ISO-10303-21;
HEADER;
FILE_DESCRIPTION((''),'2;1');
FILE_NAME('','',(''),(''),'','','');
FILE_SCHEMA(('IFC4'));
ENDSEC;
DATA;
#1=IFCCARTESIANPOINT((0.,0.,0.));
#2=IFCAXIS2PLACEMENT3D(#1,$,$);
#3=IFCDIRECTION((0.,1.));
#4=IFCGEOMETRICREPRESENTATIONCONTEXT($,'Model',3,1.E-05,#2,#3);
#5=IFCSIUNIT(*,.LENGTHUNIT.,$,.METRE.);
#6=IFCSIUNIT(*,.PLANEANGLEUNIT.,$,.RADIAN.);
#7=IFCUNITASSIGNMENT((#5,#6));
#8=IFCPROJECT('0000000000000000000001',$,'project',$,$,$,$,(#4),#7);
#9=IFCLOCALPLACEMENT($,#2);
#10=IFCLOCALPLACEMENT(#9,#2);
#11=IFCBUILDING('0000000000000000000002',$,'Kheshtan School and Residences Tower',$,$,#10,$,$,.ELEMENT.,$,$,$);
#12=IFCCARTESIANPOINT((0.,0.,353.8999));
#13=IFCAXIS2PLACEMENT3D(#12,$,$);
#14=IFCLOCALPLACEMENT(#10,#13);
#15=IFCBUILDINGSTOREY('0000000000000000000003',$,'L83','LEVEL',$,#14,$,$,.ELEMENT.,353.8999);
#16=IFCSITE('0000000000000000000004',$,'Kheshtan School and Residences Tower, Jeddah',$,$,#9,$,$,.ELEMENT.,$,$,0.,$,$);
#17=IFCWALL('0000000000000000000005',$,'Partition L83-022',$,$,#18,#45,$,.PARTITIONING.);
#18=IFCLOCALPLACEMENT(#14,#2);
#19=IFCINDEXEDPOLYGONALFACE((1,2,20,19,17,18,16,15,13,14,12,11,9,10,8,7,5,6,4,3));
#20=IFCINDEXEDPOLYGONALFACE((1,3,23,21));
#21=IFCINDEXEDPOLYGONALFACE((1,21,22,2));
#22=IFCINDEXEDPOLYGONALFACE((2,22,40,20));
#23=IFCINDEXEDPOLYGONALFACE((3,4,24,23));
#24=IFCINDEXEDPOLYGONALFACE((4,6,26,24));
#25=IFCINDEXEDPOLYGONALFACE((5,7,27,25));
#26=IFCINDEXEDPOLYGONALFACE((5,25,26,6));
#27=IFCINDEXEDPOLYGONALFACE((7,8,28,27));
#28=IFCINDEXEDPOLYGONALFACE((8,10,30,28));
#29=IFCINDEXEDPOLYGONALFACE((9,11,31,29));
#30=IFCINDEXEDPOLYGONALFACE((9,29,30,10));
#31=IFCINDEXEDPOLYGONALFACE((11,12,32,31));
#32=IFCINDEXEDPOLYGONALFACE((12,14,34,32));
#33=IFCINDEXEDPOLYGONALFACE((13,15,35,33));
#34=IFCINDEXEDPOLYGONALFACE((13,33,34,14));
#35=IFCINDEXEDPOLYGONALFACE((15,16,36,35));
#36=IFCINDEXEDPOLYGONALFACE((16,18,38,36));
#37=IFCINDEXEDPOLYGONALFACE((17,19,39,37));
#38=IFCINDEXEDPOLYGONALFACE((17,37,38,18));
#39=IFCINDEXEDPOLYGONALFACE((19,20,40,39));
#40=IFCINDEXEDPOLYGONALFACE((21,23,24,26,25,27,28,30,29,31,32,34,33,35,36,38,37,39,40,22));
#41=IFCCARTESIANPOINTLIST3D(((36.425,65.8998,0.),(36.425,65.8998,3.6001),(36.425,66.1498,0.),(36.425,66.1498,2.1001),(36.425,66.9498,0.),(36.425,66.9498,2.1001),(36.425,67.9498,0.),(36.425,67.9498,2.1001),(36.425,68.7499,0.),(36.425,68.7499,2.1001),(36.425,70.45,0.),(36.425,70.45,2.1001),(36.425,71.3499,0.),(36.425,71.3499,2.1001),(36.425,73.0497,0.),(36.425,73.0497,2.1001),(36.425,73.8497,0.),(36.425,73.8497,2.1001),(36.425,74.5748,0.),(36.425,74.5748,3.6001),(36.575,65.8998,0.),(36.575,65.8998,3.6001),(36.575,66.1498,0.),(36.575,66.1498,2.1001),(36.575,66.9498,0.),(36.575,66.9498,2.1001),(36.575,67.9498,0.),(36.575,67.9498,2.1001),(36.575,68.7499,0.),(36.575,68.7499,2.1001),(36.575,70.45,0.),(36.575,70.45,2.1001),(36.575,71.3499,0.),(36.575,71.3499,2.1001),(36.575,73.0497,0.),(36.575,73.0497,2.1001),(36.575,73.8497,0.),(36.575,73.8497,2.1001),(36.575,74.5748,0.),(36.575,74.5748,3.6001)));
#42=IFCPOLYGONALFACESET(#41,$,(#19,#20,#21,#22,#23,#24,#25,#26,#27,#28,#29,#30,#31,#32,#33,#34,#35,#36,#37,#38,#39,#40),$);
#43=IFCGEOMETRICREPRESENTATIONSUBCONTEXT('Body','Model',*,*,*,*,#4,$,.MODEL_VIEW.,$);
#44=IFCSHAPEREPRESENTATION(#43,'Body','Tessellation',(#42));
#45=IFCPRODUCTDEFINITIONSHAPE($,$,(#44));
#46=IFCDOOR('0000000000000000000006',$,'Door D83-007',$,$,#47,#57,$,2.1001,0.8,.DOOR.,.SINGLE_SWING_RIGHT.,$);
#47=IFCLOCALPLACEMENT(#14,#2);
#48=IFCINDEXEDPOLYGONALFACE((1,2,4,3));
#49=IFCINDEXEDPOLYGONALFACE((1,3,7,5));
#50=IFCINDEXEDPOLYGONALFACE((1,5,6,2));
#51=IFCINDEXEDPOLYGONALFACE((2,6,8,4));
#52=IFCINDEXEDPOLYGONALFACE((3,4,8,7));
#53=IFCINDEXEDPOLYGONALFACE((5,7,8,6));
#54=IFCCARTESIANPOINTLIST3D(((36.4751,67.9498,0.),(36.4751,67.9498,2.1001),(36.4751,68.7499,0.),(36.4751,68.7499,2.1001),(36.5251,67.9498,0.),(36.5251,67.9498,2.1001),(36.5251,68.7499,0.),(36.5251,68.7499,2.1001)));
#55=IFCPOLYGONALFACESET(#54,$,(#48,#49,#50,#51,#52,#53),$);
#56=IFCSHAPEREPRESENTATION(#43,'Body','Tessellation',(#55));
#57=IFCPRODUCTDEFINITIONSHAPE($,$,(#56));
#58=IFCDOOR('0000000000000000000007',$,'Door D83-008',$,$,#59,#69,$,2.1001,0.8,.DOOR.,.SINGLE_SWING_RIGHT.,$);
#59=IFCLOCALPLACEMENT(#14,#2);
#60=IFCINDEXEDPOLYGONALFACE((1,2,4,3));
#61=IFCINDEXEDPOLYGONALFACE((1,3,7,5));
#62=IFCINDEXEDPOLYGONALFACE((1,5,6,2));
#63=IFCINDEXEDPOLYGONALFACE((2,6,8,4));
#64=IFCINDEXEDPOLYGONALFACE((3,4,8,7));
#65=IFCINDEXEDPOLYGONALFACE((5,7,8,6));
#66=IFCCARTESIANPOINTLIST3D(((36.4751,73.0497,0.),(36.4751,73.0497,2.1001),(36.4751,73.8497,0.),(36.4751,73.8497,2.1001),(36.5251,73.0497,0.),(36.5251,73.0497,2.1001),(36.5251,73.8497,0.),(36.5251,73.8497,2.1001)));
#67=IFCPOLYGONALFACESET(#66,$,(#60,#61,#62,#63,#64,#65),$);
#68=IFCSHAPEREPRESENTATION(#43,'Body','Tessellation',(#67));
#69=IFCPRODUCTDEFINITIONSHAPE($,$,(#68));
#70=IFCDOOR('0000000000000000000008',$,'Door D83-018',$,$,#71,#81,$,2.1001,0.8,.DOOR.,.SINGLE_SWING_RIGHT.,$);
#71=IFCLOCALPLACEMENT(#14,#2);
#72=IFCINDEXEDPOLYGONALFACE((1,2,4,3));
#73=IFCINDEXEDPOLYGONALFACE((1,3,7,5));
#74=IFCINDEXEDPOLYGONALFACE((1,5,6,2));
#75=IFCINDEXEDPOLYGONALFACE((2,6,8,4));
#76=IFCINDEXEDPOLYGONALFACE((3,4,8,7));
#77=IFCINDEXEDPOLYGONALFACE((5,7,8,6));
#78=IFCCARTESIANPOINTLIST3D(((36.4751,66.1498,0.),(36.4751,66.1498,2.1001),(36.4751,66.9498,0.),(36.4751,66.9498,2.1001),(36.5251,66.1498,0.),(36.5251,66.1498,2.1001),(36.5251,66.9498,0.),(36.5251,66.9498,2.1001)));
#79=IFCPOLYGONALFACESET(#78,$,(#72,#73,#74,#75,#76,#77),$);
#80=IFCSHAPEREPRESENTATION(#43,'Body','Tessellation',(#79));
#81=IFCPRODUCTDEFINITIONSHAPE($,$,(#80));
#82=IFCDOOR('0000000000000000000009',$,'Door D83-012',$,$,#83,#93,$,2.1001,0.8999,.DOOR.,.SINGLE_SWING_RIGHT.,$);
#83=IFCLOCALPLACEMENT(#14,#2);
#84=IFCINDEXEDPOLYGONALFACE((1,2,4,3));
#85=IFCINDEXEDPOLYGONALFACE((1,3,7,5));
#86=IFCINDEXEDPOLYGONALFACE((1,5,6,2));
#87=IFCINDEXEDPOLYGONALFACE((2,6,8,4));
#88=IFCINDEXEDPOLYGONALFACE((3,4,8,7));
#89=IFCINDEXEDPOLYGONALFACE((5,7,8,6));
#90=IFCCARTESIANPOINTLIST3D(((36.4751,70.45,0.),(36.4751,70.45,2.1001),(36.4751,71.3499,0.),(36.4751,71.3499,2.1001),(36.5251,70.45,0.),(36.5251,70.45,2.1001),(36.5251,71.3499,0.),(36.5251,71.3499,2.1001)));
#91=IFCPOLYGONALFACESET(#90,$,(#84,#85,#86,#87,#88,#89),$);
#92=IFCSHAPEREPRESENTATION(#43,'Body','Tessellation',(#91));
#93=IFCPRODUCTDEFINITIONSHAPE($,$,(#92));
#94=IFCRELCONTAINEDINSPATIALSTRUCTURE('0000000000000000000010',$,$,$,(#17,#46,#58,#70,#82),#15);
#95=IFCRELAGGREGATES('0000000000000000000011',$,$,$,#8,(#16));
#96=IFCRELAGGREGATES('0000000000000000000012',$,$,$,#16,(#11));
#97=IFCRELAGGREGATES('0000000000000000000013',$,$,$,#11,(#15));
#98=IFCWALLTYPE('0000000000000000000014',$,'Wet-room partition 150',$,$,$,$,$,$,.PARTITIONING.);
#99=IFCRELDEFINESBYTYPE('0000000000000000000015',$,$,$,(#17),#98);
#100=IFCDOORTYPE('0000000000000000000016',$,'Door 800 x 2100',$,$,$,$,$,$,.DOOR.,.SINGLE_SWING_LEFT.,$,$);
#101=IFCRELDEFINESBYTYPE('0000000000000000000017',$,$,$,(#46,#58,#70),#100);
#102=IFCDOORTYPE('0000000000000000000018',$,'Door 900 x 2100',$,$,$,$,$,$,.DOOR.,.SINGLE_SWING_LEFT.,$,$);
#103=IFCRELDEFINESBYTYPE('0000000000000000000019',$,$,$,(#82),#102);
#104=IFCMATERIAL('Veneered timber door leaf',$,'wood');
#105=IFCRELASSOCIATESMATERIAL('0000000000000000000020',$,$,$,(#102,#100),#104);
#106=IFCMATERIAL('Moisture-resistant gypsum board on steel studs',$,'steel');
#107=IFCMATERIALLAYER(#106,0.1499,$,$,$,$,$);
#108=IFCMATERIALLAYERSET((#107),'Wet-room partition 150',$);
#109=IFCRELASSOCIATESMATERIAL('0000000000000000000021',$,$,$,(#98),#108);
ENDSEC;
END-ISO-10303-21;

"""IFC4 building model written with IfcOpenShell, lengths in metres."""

from ifc_helpers import new_model, si_unit, direction, frame, frame_2d, origin, place, context, subcontext, project, spatial, rectangle, extrude, source, transform, mapped, material, layer, layer_set, type_object, element, fill, save


model = new_model("IFC4")

# Units and contexts
model_context = context("Model", 3, precision=1e-05, world=origin(), true_north=direction((0.0, 1.0)))
body_context = subcontext(model_context, "Body", "Model", "MODEL_VIEW")
ifc_project = project(units=[si_unit("LENGTHUNIT", "METRE"), si_unit("PLANEANGLEUNIT", "RADIAN")], contexts=[model_context])

# Site, building, storey
site_placement = place(None, origin())
site = spatial("IfcSite", under=ifc_project, at=site_placement, Name="Kheshtan School and Residences Tower, Jeddah", CompositionType="ELEMENT", RefElevation=0.0)
building_placement = place(site_placement, origin())
building = spatial("IfcBuilding", under=site, at=building_placement, Name="Kheshtan School and Residences Tower", CompositionType="ELEMENT")
storey_placement = place(building_placement, frame((0.0, 0.0, 353.8999)))
storey = spatial("IfcBuildingStorey", under=building, at=storey_placement, Name="L83", Description="LEVEL", CompositionType="ELEMENT", Elevation=353.8999)

# Shared definitions
ifc_material_1 = material(Name="Veneered timber door leaf", Category="wood")
door_type_1 = type_object("IfcDoorType", Name="Door 900 x 2100", OperationType="SINGLE_SWING_LEFT", PredefinedType="DOOR", material=ifc_material_1)
shared_shape_1 = source(origin(), body_context, "Body", "SweptSolid", [
    extrude(rectangle(XDim=0.8999, YDim=2.1001, at=frame_2d((0.45, 1.05))), frame((0.0, 0.0249, 0.0), z_axis=(0.0, -1.0, 0.0), x_axis=(1.0, 0.0, 0.0)), (0.0, 0.0, 1.0), 0.05),
])

# Shared definitions
ifc_material_2 = material(Name="Moisture-resistant gypsum board on steel studs", Category="steel")
ifc_layer_1 = layer(ifc_material_2, 0.1499)
ifc_layer_set_1 = layer_set([ifc_layer_1], Name="Wet-room partition 150")
wall_type_1 = type_object("IfcWallType", Name="Wet-room partition 150", PredefinedType="PARTITIONING", material=ifc_layer_set_1)

# Shared definitions
door_type_2 = type_object("IfcDoorType", Name="Door 800 x 2100", OperationType="SINGLE_SWING_LEFT", PredefinedType="DOOR", material=ifc_material_1)
shared_shape_2 = source(origin(), body_context, "Body", "SweptSolid", [
    extrude(rectangle(XDim=0.8, YDim=2.1001, at=frame_2d((0.3999, 1.05))), frame((0.0, 0.0249, 0.0), z_axis=(0.0, -1.0, 0.0), x_axis=(1.0, 0.0, 0.0)), (0.0, 0.0, 1.0), 0.05),
])

# Wall, openings, doors
wall_1_placement = place(storey_placement, frame((36.5, 65.8999, 0.0), z_axis=(0.0, 0.0, 1.0), x_axis=(0.0, 1.0, 0.0)))
wall_1 = element("IfcWall", 1, at=wall_1_placement, inside=storey, type_object=wall_type_1, Name="Partition L83-022", PredefinedType="PARTITIONING", context=body_context, shape_type="SweptSolid", body=[
    extrude(rectangle(XDim=8.675, YDim=0.1499, at=frame_2d((4.3374, 0.0))), origin(), (0.0, 0.0, 1.0), 3.6001),
])
opening_1_placement = place(wall_1_placement, frame((2.05, 0.0, 0.0)))
opening_1 = element("IfcOpeningElement", 2, at=opening_1_placement, cuts=wall_1, PredefinedType="OPENING", context=body_context, shape_type="SweptSolid", body=[
    extrude(rectangle(XDim=0.8, YDim=2.1001, at=frame_2d((0.3999, 1.05))), frame((0.0, 0.085, 0.0), z_axis=(0.0, -1.0, 0.0), x_axis=(1.0, 0.0, 0.0)), (0.0, 0.0, 1.0), 0.1699),
])
opening_2_placement = place(wall_1_placement, frame((7.1499, 0.0, 0.0)))
opening_2 = element("IfcOpeningElement", 3, at=opening_2_placement, cuts=wall_1, PredefinedType="OPENING", context=body_context, shape_type="SweptSolid", body=[
    extrude(rectangle(XDim=0.8, YDim=2.1001, at=frame_2d((0.3999, 1.05))), frame((0.0, 0.085, 0.0), z_axis=(0.0, -1.0, 0.0), x_axis=(1.0, 0.0, 0.0)), (0.0, 0.0, 1.0), 0.1699),
])
opening_3_placement = place(wall_1_placement, frame((4.55, 0.0, 0.0)))
opening_3 = element("IfcOpeningElement", 4, at=opening_3_placement, cuts=wall_1, PredefinedType="OPENING", context=body_context, shape_type="SweptSolid", body=[
    extrude(rectangle(XDim=0.8999, YDim=2.1001, at=frame_2d((0.45, 1.05))), frame((0.0, 0.085, 0.0), z_axis=(0.0, -1.0, 0.0), x_axis=(1.0, 0.0, 0.0)), (0.0, 0.0, 1.0), 0.1699),
])
opening_4_placement = place(wall_1_placement, frame((0.25, 0.0, 0.0)))
opening_4 = element("IfcOpeningElement", 5, at=opening_4_placement, cuts=wall_1, PredefinedType="OPENING", context=body_context, shape_type="SweptSolid", body=[
    extrude(rectangle(XDim=0.8, YDim=2.1001, at=frame_2d((0.3999, 1.05))), frame((0.0, 0.085, 0.0), z_axis=(0.0, -1.0, 0.0), x_axis=(1.0, 0.0, 0.0)), (0.0, 0.0, 1.0), 0.1699),
])
door_1_placement = place(opening_1_placement, origin())
door_1 = element("IfcDoor", 6, at=door_1_placement, inside=storey, type_object=door_type_2, Name="Door D83-007", OperationType="SINGLE_SWING_RIGHT", OverallHeight=2.1001, OverallWidth=0.8, PredefinedType="DOOR", context=body_context, shape_type="MappedRepresentation", body=[
    mapped(shared_shape_2, transform((0.0, 0.0, 0.0), x_axis=(1.0, 0.0, 0.0), y_axis=(0.0, 1.0, 0.0), z_axis=(0.0, 0.0, 1.0), scale=1.0)),
])
fill(opening_1, door_1)
door_2_placement = place(opening_2_placement, origin())
door_2 = element("IfcDoor", 7, at=door_2_placement, inside=storey, type_object=door_type_2, Name="Door D83-008", OperationType="SINGLE_SWING_RIGHT", OverallHeight=2.1001, OverallWidth=0.8, PredefinedType="DOOR", context=body_context, shape_type="MappedRepresentation", body=[
    mapped(shared_shape_2, transform((0.0, 0.0, 0.0), x_axis=(1.0, 0.0, 0.0), y_axis=(0.0, 1.0, 0.0), z_axis=(0.0, 0.0, 1.0), scale=1.0)),
])
fill(opening_2, door_2)
door_3_placement = place(opening_4_placement, origin())
door_3 = element("IfcDoor", 8, at=door_3_placement, inside=storey, type_object=door_type_2, Name="Door D83-018", OperationType="SINGLE_SWING_RIGHT", OverallHeight=2.1001, OverallWidth=0.8, PredefinedType="DOOR", context=body_context, shape_type="MappedRepresentation", body=[
    mapped(shared_shape_2, transform((0.0, 0.0, 0.0), x_axis=(1.0, 0.0, 0.0), y_axis=(0.0, 1.0, 0.0), z_axis=(0.0, 0.0, 1.0), scale=1.0)),
])
fill(opening_4, door_3)
door_4_placement = place(opening_3_placement, origin())
door_4 = element("IfcDoor", 9, at=door_4_placement, inside=storey, type_object=door_type_1, Name="Door D83-012", OperationType="SINGLE_SWING_RIGHT", OverallHeight=2.1001, OverallWidth=0.8999, PredefinedType="DOOR", context=body_context, shape_type="MappedRepresentation", body=[
    mapped(shared_shape_1, transform((0.0, 0.0, 0.0), x_axis=(1.0, 0.0, 0.0), y_axis=(0.0, 1.0, 0.0), z_axis=(0.0, 0.0, 1.0), scale=1.0)),
])
fill(opening_3, door_4)

save(model, "model.ifc")
